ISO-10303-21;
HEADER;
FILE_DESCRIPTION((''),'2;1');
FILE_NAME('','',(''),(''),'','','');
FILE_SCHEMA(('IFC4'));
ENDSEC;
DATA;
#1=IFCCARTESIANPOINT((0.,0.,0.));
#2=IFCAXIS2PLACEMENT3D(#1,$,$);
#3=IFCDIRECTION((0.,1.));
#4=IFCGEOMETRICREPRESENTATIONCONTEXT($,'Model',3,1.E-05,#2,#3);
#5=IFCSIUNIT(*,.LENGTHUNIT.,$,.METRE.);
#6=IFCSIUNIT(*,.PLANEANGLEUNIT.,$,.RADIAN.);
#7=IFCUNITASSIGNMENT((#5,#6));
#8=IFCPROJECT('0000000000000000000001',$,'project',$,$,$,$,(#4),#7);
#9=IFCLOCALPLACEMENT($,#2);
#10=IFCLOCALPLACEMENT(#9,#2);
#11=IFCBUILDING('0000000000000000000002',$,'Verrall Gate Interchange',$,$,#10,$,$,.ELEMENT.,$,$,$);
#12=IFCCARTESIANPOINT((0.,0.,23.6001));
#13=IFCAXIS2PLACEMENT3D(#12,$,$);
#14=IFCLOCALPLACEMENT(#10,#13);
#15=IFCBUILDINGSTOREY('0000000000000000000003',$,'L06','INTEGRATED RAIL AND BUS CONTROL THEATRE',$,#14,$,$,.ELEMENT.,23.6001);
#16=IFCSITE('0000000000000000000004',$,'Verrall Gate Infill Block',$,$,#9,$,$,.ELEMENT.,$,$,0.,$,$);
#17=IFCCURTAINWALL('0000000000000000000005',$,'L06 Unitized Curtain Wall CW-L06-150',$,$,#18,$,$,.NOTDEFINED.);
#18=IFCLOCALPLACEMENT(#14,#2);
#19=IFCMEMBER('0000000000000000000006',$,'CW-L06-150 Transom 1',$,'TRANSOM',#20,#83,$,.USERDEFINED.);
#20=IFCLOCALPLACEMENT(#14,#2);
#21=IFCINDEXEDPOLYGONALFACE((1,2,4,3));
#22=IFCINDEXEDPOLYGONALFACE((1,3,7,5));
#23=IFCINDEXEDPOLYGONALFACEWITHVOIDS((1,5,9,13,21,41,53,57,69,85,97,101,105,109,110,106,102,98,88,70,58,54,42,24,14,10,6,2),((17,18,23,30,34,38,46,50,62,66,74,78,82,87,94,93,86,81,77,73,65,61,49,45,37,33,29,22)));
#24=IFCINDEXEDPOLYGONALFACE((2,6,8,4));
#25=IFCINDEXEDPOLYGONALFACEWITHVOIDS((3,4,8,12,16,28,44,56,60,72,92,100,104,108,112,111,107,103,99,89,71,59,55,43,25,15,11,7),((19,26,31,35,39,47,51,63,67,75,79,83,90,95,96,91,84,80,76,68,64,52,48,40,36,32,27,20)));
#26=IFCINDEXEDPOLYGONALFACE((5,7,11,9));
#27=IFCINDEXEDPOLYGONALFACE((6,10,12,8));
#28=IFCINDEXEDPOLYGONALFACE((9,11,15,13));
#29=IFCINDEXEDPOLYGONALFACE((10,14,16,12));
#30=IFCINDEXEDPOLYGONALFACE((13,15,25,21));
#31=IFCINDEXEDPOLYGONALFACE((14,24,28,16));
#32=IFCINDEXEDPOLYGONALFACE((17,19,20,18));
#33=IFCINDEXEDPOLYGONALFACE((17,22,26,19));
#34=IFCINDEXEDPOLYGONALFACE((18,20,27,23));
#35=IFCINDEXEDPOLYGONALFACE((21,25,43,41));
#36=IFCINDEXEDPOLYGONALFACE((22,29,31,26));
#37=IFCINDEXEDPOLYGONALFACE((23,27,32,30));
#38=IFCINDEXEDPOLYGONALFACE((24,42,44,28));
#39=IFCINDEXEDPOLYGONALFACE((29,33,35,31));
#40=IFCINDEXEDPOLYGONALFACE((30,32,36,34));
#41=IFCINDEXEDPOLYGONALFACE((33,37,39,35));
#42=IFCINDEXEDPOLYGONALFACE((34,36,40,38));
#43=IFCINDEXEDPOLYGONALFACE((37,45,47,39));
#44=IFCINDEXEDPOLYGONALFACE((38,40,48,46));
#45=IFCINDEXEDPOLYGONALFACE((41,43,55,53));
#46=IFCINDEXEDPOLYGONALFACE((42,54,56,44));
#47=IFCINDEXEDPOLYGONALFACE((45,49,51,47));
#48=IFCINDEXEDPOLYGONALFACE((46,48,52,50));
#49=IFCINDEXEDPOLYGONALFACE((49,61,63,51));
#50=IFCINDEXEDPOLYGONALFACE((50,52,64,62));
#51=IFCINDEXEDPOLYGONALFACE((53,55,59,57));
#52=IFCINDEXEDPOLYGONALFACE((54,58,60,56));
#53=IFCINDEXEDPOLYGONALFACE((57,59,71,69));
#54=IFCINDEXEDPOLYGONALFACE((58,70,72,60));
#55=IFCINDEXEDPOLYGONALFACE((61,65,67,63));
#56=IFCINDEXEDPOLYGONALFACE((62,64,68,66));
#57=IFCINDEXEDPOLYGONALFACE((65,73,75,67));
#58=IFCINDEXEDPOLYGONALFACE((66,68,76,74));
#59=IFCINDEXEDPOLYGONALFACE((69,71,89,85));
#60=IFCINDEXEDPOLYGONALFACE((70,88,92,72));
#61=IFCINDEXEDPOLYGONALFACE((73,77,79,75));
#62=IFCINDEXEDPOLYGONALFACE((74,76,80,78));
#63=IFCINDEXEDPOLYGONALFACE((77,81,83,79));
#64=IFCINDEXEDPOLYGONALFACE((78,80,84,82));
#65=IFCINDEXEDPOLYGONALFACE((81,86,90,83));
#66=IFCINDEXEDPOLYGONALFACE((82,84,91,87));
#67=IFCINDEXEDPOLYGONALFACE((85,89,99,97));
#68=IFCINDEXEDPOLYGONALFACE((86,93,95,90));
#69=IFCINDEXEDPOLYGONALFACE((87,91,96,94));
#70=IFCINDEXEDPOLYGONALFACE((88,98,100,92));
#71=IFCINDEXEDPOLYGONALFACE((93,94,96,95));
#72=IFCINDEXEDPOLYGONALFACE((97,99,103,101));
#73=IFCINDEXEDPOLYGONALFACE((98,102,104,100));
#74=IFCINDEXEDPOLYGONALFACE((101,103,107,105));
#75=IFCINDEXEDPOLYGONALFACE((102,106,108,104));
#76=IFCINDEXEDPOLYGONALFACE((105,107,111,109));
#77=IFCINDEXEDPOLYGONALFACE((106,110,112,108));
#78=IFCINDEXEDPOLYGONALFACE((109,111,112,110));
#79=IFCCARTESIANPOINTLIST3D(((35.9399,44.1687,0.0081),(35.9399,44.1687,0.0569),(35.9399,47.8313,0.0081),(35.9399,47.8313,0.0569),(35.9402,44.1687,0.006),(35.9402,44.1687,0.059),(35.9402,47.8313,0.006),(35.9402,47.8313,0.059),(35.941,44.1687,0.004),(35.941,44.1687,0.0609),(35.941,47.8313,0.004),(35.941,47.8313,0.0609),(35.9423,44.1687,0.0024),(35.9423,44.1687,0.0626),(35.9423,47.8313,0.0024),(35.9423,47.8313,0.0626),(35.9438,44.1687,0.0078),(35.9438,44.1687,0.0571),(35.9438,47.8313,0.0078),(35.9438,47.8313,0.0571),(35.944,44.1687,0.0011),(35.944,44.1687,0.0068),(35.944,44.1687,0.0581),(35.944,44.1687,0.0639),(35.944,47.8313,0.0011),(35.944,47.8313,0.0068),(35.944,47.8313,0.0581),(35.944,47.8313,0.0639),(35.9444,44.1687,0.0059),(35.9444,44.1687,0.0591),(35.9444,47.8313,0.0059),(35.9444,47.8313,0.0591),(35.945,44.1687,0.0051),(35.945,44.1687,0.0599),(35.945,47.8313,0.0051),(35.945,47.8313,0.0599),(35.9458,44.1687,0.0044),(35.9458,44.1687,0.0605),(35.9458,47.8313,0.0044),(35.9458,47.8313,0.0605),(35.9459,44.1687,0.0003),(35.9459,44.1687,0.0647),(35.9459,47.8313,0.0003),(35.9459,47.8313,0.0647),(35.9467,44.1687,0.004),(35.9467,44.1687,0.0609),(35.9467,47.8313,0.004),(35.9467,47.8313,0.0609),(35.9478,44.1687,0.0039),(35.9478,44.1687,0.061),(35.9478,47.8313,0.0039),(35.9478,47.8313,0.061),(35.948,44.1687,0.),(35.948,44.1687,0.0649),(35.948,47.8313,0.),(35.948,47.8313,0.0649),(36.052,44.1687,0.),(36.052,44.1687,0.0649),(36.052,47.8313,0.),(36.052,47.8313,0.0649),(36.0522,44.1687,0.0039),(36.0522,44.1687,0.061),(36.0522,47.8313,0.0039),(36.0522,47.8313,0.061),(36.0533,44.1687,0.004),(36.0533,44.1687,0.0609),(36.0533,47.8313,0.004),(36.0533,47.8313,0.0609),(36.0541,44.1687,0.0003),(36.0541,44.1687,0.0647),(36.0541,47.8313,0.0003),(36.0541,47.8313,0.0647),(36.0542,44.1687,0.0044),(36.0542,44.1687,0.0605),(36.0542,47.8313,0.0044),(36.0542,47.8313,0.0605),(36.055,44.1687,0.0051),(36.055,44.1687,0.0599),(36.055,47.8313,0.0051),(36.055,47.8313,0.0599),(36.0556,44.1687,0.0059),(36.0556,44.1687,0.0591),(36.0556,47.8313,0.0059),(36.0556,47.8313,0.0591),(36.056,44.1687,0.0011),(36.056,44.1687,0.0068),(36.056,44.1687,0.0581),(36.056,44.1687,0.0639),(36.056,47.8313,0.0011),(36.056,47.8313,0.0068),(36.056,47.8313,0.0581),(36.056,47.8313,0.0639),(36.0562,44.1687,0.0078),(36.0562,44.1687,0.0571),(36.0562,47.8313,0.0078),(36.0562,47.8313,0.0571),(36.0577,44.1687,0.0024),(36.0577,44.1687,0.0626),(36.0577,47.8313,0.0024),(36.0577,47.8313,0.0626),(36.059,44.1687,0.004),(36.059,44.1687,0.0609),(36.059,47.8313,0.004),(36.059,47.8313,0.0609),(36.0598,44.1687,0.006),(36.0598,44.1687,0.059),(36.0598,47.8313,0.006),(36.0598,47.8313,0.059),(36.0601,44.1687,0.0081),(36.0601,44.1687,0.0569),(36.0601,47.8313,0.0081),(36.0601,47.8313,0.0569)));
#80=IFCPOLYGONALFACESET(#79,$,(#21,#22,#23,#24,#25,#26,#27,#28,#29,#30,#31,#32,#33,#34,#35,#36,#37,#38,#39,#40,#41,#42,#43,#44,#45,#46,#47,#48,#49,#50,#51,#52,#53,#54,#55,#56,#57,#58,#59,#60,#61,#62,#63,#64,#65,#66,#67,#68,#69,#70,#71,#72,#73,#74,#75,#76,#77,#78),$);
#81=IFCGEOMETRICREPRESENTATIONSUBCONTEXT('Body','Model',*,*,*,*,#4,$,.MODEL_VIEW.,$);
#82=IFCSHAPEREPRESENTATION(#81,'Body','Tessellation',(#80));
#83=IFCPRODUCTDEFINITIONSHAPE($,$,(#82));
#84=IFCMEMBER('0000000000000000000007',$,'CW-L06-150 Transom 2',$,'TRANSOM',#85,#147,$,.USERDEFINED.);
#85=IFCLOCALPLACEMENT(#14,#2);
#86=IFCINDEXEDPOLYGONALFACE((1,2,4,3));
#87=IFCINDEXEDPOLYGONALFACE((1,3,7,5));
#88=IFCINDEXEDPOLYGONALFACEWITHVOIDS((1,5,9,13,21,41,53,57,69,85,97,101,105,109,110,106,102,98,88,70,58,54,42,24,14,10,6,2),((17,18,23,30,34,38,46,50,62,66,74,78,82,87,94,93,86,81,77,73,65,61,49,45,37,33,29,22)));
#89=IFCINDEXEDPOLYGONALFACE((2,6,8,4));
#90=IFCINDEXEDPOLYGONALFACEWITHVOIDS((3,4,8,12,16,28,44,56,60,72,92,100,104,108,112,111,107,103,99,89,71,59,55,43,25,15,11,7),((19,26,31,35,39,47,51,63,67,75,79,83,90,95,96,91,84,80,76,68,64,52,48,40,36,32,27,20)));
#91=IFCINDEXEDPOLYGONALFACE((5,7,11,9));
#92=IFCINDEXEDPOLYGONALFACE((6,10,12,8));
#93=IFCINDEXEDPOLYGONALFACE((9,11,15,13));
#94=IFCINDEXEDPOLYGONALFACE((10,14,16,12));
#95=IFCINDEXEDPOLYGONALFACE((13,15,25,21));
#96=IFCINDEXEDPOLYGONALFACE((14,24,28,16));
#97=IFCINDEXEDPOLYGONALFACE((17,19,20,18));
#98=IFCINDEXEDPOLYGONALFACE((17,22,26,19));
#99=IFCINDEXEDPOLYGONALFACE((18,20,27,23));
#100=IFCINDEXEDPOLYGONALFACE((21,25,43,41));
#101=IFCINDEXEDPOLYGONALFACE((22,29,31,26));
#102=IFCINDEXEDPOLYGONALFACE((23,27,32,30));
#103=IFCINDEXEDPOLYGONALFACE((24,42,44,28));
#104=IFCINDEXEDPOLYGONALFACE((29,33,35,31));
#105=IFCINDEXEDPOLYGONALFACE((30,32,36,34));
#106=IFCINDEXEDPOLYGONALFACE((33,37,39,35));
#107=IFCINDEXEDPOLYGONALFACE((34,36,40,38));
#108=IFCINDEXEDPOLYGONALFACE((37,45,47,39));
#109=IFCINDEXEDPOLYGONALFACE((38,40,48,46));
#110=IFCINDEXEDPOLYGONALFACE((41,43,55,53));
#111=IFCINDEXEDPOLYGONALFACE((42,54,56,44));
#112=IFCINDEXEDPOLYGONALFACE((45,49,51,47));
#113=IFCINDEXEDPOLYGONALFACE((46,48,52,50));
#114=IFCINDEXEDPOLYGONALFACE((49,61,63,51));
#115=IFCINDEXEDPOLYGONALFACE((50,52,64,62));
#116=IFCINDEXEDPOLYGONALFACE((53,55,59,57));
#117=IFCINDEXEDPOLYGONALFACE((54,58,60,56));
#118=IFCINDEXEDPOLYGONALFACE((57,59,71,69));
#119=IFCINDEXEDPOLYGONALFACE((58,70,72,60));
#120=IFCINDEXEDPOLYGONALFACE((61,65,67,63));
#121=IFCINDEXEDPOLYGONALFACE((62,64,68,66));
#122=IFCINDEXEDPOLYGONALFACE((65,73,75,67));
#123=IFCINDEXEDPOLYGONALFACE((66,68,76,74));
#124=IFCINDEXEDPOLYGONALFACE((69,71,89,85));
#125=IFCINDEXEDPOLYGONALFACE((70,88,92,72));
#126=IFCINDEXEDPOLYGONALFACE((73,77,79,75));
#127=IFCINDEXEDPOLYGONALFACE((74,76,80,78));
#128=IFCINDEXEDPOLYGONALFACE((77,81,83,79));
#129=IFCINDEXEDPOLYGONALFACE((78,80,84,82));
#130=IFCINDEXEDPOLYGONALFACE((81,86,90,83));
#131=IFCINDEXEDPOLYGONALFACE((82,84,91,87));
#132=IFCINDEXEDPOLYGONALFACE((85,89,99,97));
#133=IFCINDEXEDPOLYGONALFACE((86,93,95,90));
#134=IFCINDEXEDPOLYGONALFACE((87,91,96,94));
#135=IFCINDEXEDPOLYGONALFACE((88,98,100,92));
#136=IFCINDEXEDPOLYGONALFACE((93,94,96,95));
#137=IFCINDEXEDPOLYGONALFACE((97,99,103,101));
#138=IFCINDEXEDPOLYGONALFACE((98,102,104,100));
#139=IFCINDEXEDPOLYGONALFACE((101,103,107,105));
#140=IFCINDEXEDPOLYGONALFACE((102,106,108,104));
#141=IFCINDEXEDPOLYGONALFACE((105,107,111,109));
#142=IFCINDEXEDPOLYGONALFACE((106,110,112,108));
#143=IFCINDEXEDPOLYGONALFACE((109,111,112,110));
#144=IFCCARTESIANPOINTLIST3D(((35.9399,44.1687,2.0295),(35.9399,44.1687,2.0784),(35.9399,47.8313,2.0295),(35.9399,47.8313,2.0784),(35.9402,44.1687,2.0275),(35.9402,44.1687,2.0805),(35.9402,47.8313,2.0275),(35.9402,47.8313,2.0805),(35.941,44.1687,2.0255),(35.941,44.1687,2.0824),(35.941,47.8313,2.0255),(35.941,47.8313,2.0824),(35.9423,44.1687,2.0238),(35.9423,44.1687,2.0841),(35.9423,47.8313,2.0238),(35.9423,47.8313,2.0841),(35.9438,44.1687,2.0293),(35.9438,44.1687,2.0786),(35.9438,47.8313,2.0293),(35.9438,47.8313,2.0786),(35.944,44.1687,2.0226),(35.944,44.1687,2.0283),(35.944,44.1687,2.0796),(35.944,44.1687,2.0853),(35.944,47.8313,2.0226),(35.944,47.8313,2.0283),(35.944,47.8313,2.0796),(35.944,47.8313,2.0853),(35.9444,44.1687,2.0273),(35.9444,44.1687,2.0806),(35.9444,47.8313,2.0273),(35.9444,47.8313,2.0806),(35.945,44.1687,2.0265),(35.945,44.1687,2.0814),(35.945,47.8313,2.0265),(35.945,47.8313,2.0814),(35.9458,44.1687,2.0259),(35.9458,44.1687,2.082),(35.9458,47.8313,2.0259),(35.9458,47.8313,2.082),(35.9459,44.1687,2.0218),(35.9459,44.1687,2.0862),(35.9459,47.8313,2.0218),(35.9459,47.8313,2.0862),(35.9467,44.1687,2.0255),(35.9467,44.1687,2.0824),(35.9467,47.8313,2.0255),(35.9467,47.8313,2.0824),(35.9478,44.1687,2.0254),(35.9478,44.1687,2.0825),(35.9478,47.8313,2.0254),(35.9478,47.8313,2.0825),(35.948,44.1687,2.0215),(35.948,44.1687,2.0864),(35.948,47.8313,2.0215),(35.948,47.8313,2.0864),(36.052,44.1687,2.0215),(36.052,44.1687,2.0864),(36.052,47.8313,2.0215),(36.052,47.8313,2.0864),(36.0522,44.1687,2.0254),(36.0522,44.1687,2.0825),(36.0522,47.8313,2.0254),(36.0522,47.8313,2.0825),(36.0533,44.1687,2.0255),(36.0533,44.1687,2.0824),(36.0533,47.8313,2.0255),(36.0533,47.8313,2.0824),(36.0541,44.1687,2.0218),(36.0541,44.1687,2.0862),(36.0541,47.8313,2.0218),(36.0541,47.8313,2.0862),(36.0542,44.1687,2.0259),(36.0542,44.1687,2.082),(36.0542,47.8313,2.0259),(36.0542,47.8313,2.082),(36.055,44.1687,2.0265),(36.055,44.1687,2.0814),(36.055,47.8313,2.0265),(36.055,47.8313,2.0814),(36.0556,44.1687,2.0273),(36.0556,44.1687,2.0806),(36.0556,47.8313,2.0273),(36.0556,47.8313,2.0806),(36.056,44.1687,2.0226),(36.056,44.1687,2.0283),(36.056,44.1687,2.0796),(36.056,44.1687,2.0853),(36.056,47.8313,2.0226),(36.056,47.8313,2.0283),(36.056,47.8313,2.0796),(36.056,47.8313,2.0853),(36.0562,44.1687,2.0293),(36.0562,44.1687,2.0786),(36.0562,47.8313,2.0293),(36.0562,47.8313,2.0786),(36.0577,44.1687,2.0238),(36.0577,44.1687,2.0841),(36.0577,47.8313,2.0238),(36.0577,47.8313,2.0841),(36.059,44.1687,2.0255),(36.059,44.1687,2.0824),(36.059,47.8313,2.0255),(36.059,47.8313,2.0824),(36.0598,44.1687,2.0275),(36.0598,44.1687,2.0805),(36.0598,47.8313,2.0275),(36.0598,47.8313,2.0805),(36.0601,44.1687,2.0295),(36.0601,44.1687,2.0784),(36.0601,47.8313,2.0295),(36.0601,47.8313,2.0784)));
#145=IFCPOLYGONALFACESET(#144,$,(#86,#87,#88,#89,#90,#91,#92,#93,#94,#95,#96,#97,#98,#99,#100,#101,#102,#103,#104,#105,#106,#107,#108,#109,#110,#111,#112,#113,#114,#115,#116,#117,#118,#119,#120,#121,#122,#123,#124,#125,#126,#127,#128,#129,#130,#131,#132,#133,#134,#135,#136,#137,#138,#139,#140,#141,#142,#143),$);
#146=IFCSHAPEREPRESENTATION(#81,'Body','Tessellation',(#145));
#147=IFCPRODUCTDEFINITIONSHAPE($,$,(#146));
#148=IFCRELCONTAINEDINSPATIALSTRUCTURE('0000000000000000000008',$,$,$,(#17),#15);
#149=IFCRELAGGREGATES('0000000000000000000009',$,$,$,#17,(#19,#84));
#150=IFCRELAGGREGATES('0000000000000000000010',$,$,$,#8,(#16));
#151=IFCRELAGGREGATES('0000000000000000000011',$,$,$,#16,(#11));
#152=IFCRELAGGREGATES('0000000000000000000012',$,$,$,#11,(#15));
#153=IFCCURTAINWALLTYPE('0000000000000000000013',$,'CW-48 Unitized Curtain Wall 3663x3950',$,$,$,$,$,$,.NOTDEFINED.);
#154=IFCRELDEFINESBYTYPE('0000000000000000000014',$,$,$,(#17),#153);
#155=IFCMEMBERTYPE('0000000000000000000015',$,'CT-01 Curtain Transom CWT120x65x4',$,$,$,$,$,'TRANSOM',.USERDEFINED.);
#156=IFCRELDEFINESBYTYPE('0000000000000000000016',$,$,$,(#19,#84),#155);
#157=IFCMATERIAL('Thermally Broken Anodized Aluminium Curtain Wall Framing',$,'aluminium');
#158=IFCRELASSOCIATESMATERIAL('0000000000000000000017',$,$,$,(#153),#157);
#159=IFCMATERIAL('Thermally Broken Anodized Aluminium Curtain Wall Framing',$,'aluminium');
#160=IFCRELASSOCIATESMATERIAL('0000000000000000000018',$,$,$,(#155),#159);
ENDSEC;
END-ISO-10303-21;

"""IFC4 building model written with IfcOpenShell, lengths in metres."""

from ifc_helpers import new_model, si_unit, direction, frame, origin, origin_2d, place, context, subcontext, project, spatial, hollow_rectangle, extrude, material, material_profile, profile_set, type_object, element, aggregate, save


model = new_model("IFC4")

# Units and contexts
model_context = context("Model", 3, precision=1e-05, world=origin(), true_north=direction((0.0, 1.0)))
body_context = subcontext(model_context, "Body", "Model", "MODEL_VIEW")
ifc_project = project(units=[si_unit("LENGTHUNIT", "METRE"), si_unit("PLANEANGLEUNIT", "RADIAN")], contexts=[model_context])

# Site, building, storey
site_placement = place(None, origin())
site = spatial("IfcSite", under=ifc_project, at=site_placement, Name="Verrall Gate Infill Block", CompositionType="ELEMENT", RefElevation=0.0)
building_placement = place(site_placement, origin())
building = spatial("IfcBuilding", under=site, at=building_placement, Name="Verrall Gate Interchange", CompositionType="ELEMENT")
storey_placement = place(building_placement, frame((0.0, 0.0, 23.6001)))
storey = spatial("IfcBuildingStorey", under=building, at=storey_placement, Name="L06", Description="INTEGRATED RAIL AND BUS CONTROL THEATRE", CompositionType="ELEMENT", Elevation=23.6001)

# Curtain wall
ifc_material_1 = material(Name="Thermally Broken Anodized Aluminium Curtain Wall Framing", Category="aluminium")
curtain_wall_type_1 = type_object("IfcCurtainWallType", Name="CW-48 Unitized Curtain Wall 3663x3950", PredefinedType="NOTDEFINED", material=ifc_material_1)
curtain_wall_1_placement = place(storey_placement, origin())
curtain_wall_1 = element("IfcCurtainWall", 1, at=curtain_wall_1_placement, inside=storey, type_object=curtain_wall_type_1, Name="L06 Unitized Curtain Wall CW-L06-150", PredefinedType="NOTDEFINED")

# Members
ifc_material_2 = material(Name="Thermally Broken Anodized Aluminium Curtain Wall Framing", Category="aluminium")
ifc_material_profile_1 = material_profile(ifc_material_2, hollow_rectangle(XDim=0.1201, YDim=0.0649, WallThickness=0.0039, InnerFilletRadius=0.0039, OuterFilletRadius=0.0081, at=origin_2d()), Name="CWT120x65x4")
ifc_profile_set_1 = profile_set([ifc_material_profile_1], Name="Thermally Broken Anodized Aluminium Curtain Wall Framing")
member_type_1 = type_object("IfcMemberType", Name="CT-01 Curtain Transom CWT120x65x4", ElementType="TRANSOM", PredefinedType="USERDEFINED", material=ifc_profile_set_1)
member_1_placement = place(storey_placement, frame((36.0, 44.1687, 0.0325), z_axis=(0.0, 1.0, 0.0), x_axis=(-1.0, 0.0, 0.0)))
member_1 = element("IfcMember", 2, at=member_1_placement, type_object=member_type_1, Name="CW-L06-150 Transom 1", ObjectType="TRANSOM", PredefinedType="USERDEFINED", context=body_context, shape_type="SweptSolid", body=[
    extrude(hollow_rectangle(XDim=0.1201, YDim=0.0649, WallThickness=0.0039, InnerFilletRadius=0.0039, OuterFilletRadius=0.0081, at=origin_2d()), origin(), (0.0, 0.0, 1.0), 3.6626),
])
member_2_placement = place(storey_placement, frame((36.0, 44.1687, 2.054), z_axis=(0.0, 1.0, 0.0), x_axis=(-1.0, 0.0, 0.0)))
member_2 = element("IfcMember", 3, at=member_2_placement, type_object=member_type_1, Name="CW-L06-150 Transom 2", ObjectType="TRANSOM", PredefinedType="USERDEFINED", context=body_context, shape_type="SweptSolid", body=[
    extrude(hollow_rectangle(XDim=0.1201, YDim=0.0649, WallThickness=0.0039, InnerFilletRadius=0.0039, OuterFilletRadius=0.0081, at=origin_2d()), origin(), (0.0, 0.0, 1.0), 3.6626),
])

aggregate(curtain_wall_1, [member_1, member_2])

save(model, "model.ifc")
